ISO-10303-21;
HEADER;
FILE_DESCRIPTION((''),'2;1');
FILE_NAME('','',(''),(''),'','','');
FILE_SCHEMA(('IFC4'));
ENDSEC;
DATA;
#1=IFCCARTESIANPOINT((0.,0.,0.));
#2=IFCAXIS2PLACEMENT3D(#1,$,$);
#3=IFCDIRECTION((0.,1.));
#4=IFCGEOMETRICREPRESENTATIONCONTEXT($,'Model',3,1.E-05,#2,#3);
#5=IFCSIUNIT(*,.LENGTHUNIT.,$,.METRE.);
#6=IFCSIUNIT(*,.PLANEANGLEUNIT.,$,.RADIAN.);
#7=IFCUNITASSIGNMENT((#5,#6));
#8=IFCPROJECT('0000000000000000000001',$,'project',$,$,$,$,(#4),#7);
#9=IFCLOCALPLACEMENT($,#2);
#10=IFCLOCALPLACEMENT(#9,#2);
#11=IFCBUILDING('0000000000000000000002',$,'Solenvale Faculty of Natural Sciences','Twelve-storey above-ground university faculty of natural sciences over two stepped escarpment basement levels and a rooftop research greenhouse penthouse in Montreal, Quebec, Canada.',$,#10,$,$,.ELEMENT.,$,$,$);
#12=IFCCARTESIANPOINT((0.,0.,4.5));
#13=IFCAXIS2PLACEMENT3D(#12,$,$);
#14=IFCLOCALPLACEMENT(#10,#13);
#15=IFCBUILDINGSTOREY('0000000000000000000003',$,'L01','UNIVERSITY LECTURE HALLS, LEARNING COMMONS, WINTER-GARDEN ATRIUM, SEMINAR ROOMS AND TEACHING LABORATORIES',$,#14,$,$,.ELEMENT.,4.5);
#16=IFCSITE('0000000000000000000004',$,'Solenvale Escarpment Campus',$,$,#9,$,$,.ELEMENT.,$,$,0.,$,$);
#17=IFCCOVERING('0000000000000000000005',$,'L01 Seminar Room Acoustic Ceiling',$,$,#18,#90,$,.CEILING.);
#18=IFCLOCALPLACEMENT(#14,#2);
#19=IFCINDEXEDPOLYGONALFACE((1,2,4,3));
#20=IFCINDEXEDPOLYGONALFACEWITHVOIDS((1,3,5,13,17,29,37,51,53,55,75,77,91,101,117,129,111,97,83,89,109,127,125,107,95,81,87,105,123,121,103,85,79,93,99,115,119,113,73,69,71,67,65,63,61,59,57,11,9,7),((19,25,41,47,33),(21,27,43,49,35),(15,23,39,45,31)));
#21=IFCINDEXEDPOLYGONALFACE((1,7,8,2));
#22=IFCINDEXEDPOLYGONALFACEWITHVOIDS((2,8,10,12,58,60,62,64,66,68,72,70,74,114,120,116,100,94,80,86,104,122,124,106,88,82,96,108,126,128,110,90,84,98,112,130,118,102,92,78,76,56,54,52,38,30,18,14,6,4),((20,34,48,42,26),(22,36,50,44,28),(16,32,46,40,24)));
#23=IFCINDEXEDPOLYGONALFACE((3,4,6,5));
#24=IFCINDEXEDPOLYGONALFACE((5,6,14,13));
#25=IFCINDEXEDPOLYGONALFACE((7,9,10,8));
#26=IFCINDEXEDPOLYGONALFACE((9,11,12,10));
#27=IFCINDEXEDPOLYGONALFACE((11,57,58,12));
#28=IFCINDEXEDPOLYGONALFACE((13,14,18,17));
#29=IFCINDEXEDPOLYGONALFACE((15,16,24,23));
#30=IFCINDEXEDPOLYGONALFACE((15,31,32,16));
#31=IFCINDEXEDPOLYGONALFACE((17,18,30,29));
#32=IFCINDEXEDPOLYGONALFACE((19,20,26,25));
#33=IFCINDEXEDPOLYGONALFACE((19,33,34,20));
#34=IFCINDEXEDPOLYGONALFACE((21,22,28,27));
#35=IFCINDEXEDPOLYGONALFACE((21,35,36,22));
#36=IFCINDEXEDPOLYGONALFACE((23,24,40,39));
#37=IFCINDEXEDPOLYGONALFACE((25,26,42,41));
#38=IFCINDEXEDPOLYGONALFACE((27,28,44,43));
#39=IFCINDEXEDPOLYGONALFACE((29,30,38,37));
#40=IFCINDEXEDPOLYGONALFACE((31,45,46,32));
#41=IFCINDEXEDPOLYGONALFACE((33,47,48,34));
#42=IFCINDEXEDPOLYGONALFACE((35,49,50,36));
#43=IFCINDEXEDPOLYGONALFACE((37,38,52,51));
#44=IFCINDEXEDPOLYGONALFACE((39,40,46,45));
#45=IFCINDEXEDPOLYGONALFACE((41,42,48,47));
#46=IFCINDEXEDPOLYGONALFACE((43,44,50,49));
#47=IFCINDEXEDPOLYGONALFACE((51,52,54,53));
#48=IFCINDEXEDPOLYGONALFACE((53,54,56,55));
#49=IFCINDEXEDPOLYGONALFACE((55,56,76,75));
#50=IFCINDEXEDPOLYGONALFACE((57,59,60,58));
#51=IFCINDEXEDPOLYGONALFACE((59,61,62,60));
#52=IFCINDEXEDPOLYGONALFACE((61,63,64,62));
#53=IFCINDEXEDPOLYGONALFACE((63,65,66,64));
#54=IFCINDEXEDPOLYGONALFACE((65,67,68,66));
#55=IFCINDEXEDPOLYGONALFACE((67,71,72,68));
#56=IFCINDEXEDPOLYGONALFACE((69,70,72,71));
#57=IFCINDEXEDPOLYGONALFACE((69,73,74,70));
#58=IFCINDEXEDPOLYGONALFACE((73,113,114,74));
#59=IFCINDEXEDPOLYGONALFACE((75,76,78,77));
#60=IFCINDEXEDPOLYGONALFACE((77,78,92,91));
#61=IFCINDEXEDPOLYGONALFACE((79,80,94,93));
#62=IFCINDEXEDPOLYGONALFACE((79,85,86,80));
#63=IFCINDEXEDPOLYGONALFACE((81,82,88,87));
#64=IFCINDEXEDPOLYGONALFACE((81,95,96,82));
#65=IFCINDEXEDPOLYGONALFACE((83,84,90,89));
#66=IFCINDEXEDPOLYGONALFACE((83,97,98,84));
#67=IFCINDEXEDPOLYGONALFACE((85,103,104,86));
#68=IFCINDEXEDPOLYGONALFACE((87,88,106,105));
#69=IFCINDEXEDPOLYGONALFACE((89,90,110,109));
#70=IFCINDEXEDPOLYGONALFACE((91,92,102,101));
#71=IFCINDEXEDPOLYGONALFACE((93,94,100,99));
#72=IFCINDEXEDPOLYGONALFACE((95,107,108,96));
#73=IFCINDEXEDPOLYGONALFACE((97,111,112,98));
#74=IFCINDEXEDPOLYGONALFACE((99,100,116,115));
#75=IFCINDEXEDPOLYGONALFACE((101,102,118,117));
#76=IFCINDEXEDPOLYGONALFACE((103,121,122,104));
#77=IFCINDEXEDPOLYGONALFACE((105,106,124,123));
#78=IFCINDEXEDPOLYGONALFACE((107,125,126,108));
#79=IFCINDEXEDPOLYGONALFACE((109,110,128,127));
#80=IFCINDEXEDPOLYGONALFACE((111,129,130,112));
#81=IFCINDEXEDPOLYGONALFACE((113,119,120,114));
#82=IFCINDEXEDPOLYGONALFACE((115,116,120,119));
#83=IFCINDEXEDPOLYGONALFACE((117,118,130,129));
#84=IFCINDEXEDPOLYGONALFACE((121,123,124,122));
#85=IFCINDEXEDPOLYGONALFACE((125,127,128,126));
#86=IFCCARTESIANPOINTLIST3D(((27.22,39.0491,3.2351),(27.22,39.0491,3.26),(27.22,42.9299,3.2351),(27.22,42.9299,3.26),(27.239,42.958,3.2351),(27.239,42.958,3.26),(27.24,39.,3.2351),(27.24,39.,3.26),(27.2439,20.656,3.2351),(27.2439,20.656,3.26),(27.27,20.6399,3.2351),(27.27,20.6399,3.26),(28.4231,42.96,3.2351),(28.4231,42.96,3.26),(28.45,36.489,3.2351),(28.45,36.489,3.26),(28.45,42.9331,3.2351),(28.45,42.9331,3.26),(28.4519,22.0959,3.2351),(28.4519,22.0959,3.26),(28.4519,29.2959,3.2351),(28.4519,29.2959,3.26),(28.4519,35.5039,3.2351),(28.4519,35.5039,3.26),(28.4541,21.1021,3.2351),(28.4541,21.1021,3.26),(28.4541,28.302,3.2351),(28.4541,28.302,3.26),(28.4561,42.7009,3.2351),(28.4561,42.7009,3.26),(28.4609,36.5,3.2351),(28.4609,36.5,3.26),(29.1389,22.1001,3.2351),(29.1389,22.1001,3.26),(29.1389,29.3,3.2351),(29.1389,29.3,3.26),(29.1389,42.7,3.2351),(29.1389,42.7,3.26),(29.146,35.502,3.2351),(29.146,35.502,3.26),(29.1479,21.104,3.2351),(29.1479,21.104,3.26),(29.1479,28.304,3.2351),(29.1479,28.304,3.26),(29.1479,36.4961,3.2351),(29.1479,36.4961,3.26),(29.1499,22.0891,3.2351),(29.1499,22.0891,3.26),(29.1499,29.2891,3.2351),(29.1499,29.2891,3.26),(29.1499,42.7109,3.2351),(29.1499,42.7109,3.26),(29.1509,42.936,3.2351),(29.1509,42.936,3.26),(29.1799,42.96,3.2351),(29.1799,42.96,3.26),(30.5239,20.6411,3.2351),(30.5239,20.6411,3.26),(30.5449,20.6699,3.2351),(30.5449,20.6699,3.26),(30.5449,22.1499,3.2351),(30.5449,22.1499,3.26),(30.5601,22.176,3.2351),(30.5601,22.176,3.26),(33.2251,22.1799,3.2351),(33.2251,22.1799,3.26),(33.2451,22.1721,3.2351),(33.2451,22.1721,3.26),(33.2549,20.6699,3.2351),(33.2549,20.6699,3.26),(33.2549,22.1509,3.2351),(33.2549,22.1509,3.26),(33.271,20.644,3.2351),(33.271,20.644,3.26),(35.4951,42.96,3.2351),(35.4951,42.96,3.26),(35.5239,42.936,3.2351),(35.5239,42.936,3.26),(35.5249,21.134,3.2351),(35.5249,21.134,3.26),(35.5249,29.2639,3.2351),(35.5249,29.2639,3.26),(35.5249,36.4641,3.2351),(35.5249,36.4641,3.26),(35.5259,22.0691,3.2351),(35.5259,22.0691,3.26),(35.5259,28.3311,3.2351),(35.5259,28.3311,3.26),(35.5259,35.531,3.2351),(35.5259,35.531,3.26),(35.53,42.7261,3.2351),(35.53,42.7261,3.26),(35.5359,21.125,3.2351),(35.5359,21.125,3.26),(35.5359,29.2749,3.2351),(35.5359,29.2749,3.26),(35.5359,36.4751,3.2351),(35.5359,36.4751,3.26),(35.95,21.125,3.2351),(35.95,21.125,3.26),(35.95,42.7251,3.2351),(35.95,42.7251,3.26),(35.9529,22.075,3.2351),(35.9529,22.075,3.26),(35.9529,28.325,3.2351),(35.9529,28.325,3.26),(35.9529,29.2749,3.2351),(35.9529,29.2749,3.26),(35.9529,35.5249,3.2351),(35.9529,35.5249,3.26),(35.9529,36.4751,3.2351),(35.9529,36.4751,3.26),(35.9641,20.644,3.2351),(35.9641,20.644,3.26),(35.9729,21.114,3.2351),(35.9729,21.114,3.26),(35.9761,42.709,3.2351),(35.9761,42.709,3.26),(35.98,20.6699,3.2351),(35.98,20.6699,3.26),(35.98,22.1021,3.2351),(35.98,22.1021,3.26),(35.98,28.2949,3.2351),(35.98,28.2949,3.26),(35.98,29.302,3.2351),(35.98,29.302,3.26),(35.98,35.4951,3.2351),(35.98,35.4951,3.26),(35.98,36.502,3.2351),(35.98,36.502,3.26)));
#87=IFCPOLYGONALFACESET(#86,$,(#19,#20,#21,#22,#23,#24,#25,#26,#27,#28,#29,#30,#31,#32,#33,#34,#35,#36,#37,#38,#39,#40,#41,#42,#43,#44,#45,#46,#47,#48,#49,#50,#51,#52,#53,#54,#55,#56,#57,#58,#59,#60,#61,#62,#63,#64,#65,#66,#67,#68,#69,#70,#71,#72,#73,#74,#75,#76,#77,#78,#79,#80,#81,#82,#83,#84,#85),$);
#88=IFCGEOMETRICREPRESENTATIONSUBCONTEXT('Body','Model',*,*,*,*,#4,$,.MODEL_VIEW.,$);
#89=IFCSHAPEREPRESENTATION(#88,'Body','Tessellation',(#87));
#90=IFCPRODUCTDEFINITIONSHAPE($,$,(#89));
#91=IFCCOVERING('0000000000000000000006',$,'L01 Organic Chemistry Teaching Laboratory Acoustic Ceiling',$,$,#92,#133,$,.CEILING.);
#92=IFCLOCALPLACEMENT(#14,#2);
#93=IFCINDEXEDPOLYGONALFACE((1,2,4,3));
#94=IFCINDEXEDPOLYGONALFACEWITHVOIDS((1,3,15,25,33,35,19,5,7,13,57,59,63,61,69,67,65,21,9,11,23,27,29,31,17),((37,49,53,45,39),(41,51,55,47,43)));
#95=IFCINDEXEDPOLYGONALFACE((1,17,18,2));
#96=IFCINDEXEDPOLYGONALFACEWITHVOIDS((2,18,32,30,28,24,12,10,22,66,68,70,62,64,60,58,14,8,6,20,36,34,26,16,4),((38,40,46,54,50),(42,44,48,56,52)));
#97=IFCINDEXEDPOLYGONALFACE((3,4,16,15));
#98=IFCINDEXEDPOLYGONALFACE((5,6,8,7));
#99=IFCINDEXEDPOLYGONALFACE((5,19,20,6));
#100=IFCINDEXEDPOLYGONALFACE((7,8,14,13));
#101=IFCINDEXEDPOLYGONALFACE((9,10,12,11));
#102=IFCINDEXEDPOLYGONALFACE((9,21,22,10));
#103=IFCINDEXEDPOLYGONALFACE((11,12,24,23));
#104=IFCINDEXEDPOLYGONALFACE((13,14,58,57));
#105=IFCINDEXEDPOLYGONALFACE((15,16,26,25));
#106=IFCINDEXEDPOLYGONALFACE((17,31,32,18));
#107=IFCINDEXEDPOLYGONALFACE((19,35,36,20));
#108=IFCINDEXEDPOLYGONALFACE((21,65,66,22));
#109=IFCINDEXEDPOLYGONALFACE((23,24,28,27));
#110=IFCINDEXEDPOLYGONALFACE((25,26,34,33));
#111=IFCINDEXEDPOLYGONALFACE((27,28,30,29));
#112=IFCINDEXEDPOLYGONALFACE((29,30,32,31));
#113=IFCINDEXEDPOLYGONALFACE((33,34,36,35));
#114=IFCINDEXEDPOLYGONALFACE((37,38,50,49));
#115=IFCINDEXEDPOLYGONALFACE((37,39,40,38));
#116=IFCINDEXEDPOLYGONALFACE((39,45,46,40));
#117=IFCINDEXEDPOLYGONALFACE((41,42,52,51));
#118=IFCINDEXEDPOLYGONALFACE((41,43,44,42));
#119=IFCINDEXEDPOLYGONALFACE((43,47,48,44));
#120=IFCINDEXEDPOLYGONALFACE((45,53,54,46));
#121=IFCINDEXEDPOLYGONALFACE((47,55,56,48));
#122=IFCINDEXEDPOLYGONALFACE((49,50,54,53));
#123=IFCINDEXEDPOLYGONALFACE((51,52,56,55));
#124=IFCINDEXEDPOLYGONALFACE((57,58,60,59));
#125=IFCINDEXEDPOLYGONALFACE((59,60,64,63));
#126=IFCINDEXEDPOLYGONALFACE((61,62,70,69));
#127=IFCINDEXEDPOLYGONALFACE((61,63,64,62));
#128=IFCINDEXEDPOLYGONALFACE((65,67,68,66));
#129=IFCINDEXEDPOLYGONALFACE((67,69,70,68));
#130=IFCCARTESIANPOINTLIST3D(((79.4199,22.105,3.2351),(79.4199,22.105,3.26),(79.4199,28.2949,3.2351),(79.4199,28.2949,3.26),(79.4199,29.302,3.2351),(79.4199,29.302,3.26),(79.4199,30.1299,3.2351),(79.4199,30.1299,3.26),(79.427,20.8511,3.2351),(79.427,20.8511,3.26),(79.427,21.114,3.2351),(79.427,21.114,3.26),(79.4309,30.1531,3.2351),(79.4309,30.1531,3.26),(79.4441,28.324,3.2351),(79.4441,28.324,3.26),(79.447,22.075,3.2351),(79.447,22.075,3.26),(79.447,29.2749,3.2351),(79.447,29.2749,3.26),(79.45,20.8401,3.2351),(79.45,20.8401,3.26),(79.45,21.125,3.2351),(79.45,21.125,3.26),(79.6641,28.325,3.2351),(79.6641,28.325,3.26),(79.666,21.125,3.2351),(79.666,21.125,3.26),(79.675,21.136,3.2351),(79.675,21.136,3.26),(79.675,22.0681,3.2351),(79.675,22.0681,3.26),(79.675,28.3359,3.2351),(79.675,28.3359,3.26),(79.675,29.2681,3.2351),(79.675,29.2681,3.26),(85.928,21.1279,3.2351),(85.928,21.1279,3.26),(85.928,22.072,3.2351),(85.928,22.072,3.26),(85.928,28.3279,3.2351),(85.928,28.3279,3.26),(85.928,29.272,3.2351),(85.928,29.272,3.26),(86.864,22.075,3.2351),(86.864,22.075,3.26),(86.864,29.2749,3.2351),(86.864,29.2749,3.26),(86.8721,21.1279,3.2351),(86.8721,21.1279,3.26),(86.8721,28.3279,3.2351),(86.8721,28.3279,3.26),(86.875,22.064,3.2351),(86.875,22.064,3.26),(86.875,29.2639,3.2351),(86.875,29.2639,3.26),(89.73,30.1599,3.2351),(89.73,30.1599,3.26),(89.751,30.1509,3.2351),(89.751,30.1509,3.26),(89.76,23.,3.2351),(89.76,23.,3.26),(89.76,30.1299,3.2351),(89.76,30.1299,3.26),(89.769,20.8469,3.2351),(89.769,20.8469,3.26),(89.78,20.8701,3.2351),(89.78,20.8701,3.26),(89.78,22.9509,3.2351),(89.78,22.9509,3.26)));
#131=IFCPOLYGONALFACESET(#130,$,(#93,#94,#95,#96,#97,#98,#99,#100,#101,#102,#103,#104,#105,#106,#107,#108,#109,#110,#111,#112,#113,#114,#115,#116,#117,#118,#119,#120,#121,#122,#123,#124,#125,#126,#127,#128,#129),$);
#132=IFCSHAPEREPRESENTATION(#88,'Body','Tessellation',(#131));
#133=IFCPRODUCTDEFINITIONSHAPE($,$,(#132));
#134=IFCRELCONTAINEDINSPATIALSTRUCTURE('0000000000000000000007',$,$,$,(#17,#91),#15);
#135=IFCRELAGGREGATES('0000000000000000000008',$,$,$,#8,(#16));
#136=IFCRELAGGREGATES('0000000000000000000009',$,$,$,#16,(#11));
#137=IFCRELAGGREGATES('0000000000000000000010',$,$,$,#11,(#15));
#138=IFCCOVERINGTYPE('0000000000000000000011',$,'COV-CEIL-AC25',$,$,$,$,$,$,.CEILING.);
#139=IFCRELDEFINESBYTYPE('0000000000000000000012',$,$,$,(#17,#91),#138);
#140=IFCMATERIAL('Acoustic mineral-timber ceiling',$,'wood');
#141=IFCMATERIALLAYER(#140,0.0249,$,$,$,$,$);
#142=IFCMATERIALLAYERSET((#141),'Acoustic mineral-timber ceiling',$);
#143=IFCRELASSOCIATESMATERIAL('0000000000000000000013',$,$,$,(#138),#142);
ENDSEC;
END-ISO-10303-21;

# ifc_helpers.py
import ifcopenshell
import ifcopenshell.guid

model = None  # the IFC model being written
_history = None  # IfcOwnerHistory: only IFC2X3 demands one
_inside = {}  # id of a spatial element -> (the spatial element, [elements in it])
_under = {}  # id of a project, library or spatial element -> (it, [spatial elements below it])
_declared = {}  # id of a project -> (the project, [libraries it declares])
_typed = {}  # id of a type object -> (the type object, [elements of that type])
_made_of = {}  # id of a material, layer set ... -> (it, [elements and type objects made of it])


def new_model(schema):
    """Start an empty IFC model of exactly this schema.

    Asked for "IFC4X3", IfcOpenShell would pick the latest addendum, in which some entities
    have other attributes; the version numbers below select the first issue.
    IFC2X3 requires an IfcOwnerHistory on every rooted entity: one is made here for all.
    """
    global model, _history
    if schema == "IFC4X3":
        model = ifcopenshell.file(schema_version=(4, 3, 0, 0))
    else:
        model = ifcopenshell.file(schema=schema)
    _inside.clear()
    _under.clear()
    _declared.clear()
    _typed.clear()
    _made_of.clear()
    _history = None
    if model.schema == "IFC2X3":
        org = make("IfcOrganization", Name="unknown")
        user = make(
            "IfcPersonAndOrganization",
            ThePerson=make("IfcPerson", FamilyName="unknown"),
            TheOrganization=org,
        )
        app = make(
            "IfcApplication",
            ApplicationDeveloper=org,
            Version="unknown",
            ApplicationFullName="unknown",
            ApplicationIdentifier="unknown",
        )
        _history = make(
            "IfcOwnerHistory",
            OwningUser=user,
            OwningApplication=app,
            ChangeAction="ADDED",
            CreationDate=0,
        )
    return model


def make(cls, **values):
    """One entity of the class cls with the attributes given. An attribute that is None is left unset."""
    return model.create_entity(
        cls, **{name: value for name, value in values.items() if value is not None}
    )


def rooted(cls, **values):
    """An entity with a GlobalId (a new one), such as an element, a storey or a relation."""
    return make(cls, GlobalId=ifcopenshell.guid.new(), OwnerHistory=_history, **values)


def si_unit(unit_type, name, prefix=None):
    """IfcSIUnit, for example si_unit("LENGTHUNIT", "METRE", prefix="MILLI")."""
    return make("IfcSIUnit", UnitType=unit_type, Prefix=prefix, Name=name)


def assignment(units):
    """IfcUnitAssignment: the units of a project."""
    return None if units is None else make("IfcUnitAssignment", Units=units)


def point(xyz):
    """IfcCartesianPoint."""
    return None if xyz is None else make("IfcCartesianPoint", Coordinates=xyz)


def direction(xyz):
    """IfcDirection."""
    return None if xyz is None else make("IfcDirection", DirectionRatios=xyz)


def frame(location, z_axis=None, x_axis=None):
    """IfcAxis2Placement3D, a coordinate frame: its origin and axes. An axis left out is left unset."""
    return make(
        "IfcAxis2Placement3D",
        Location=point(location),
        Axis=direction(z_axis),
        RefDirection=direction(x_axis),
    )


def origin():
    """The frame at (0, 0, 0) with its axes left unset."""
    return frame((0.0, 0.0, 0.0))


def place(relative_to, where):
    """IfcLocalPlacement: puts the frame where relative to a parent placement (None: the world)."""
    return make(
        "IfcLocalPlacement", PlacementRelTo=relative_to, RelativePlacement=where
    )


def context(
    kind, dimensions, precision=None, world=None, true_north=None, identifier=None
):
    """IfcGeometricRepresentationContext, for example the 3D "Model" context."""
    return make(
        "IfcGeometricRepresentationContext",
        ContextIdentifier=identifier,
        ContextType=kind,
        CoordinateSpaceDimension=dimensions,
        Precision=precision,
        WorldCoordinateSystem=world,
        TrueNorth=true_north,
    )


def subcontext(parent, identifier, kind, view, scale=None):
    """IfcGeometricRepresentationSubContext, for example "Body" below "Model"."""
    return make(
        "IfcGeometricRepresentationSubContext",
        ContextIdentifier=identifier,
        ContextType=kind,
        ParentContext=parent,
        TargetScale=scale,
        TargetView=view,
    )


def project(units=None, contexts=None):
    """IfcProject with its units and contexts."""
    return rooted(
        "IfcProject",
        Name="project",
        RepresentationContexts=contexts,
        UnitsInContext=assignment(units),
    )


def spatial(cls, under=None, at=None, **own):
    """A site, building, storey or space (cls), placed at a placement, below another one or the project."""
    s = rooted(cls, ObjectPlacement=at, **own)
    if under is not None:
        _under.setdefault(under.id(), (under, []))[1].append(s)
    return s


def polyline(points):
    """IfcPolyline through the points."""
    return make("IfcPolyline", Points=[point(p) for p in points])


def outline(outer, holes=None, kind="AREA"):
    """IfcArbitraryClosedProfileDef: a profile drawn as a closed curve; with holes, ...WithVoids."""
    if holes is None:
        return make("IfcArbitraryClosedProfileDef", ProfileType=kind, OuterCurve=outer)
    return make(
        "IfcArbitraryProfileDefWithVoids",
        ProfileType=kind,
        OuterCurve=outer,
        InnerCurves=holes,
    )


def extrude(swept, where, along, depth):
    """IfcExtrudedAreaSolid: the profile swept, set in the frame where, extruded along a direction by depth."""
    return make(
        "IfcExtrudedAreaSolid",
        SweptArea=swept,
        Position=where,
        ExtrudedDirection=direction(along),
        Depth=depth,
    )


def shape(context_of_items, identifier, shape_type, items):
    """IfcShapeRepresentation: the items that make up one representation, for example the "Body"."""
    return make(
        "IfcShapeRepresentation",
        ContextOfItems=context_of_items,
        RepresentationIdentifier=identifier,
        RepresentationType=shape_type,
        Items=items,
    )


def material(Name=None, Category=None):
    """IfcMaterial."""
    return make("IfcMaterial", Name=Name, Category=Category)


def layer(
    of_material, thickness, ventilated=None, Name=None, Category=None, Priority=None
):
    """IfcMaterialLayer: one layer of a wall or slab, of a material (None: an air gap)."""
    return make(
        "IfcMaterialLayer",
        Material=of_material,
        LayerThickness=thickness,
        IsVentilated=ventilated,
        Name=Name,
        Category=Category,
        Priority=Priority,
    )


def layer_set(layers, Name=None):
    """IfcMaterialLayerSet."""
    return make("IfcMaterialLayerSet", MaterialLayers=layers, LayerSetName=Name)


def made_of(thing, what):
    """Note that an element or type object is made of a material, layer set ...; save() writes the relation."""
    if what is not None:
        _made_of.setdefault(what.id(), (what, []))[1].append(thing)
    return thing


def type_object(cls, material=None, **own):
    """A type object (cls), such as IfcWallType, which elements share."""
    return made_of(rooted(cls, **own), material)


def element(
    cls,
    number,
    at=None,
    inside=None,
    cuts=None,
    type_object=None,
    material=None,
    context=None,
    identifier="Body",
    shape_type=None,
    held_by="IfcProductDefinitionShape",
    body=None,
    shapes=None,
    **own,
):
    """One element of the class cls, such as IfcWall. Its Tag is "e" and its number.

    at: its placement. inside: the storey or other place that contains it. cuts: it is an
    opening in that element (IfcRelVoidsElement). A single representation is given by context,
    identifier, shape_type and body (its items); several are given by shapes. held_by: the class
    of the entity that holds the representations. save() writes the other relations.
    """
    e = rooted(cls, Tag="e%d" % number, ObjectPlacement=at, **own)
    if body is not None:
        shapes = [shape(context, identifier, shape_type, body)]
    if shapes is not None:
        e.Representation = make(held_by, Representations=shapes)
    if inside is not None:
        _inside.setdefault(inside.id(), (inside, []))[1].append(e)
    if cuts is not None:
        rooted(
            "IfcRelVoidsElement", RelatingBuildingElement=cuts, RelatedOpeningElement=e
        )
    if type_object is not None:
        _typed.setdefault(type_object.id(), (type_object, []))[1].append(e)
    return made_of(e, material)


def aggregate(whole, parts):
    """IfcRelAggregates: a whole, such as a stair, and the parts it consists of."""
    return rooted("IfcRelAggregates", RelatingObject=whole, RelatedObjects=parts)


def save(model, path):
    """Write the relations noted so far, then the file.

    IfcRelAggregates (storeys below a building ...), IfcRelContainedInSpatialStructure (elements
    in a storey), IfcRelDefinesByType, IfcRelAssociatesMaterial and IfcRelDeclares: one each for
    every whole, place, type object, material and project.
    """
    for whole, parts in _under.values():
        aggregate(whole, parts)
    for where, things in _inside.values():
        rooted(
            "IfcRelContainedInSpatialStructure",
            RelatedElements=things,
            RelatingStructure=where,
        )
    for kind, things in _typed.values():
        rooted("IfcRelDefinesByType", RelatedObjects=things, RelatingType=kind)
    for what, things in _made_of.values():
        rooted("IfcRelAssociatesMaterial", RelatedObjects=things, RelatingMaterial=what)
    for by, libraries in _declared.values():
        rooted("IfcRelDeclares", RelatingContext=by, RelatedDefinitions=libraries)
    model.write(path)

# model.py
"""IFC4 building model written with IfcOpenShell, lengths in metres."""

from ifc_helpers import new_model, si_unit, direction, frame, origin, place, context, subcontext, project, spatial, polyline, outline, extrude, material, layer, layer_set, type_object, element, save


model = new_model("IFC4")

# Units and contexts
model_context = context("Model", 3, precision=1e-05, world=origin(), true_north=direction((0.0, 1.0)))
body_context = subcontext(model_context, "Body", "Model", "MODEL_VIEW")
ifc_project = project(units=[si_unit("LENGTHUNIT", "METRE"), si_unit("PLANEANGLEUNIT", "RADIAN")], contexts=[model_context])

# Site, building, storey
site_placement = place(None, origin())
site = spatial("IfcSite", under=ifc_project, at=site_placement, Name="Solenvale Escarpment Campus", CompositionType="ELEMENT", RefElevation=0.0)
building_placement = place(site_placement, origin())
building = spatial("IfcBuilding", under=site, at=building_placement, Name="Solenvale Faculty of Natural Sciences", Description="Twelve-storey above-ground university faculty of natural sciences over two stepped escarpment basement levels and a rooftop research greenhouse penthouse in Montreal, Quebec, Canada.", CompositionType="ELEMENT")
storey_placement = place(building_placement, frame((0.0, 0.0, 4.5)))
storey = spatial("IfcBuildingStorey", under=building, at=storey_placement, Name="L01", Description="UNIVERSITY LECTURE HALLS, LEARNING COMMONS, WINTER-GARDEN ATRIUM, SEMINAR ROOMS AND TEACHING LABORATORIES", CompositionType="ELEMENT", Elevation=4.5)

# Coverings
ifc_material_1 = material(Name="Acoustic mineral-timber ceiling", Category="wood")
ifc_layer_1 = layer(ifc_material_1, 0.0249)
ifc_layer_set_1 = layer_set([ifc_layer_1], Name="Acoustic mineral-timber ceiling")
covering_type_1 = type_object("IfcCoveringType", Name="COV-CEIL-AC25", PredefinedType="CEILING", material=ifc_layer_set_1)
covering_1_placement = place(storey_placement, frame((0.0, 0.0, 3.2351)))
element("IfcCovering", 1, at=covering_1_placement, inside=storey, type_object=covering_type_1, Name="L01 Seminar Room Acoustic Ceiling", PredefinedType="CEILING", context=body_context, shape_type="SweptSolid", body=[
    extrude(outline(polyline([(27.24, 39.0), (27.22, 39.0491), (27.22, 42.9299), (27.239, 42.958), (28.4231, 42.96), (28.45, 42.9331), (28.4561, 42.7009), (29.1389, 42.7), (29.1499, 42.7109), (29.1509, 42.936), (29.1799, 42.96), (35.4951, 42.96), (35.5239, 42.936), (35.53, 42.7261), (35.95, 42.7251), (35.9761, 42.709), (35.98, 36.502), (35.9529, 36.4751), (35.5359, 36.4751), (35.5249, 36.4641), (35.5259, 35.531), (35.9529, 35.5249), (35.98, 35.4951), (35.98, 29.302), (35.9529, 29.2749), (35.5359, 29.2749), (35.5249, 29.2639), (35.5259, 28.3311), (35.9529, 28.325), (35.98, 28.2949), (35.98, 22.1021), (35.9529, 22.075), (35.5259, 22.0691), (35.5249, 21.134), (35.5359, 21.125), (35.95, 21.125), (35.9729, 21.114), (35.98, 20.6699), (35.9641, 20.644), (33.271, 20.644), (33.2549, 20.6699), (33.2549, 22.1509), (33.2451, 22.1721), (33.2251, 22.1799), (30.5601, 22.176), (30.5449, 22.1499), (30.5449, 20.6699), (30.5239, 20.6411), (27.27, 20.6399), (27.2439, 20.656), (27.24, 39.0)]), holes=[polyline([(28.4609, 36.5), (28.45, 36.489), (28.4519, 35.5039), (29.146, 35.502), (29.1479, 36.4961), (28.4609, 36.5)]), polyline([(29.1499, 22.0891), (29.1389, 22.1001), (28.4519, 22.0959), (28.4541, 21.1021), (29.1479, 21.104), (29.1499, 22.0891)]), polyline([(29.1499, 29.2891), (29.1389, 29.3), (28.4519, 29.2959), (28.4541, 28.302), (29.1479, 28.304), (29.1499, 29.2891)])]), origin(), (0.0, 0.0, 1.0), 0.0249),
])
covering_2_placement = place(storey_placement, frame((0.0, 0.0, 3.2351)))
element("IfcCovering", 2, at=covering_2_placement, inside=storey, type_object=covering_type_1, Name="L01 Organic Chemistry Teaching Laboratory Acoustic Ceiling", PredefinedType="CEILING", context=body_context, shape_type="SweptSolid", body=[
    extrude(outline(polyline([(89.73, 30.1599), (89.751, 30.1509), (89.76, 30.1299), (89.76, 23.0), (89.78, 22.9509), (89.78, 20.8701), (89.769, 20.8469), (79.45, 20.8401), (79.427, 20.8511), (79.427, 21.114), (79.45, 21.125), (79.666, 21.125), (79.675, 21.136), (79.675, 22.0681), (79.447, 22.075), (79.4199, 22.105), (79.4199, 28.2949), (79.4441, 28.324), (79.6641, 28.325), (79.675, 28.3359), (79.675, 29.2681), (79.447, 29.2749), (79.4199, 29.302), (79.4199, 30.1299), (79.4309, 30.1531), (89.73, 30.1599)]), holes=[polyline([(86.875, 22.064), (86.864, 22.075), (85.928, 22.072), (85.928, 21.1279), (86.8721, 21.1279), (86.875, 22.064)]), polyline([(86.875, 29.2639), (86.864, 29.2749), (85.928, 29.272), (85.928, 28.3279), (86.8721, 28.3279), (86.875, 29.2639)])]), origin(), (0.0, 0.0, 1.0), 0.0249),
])

save(model, "model.ifc")
